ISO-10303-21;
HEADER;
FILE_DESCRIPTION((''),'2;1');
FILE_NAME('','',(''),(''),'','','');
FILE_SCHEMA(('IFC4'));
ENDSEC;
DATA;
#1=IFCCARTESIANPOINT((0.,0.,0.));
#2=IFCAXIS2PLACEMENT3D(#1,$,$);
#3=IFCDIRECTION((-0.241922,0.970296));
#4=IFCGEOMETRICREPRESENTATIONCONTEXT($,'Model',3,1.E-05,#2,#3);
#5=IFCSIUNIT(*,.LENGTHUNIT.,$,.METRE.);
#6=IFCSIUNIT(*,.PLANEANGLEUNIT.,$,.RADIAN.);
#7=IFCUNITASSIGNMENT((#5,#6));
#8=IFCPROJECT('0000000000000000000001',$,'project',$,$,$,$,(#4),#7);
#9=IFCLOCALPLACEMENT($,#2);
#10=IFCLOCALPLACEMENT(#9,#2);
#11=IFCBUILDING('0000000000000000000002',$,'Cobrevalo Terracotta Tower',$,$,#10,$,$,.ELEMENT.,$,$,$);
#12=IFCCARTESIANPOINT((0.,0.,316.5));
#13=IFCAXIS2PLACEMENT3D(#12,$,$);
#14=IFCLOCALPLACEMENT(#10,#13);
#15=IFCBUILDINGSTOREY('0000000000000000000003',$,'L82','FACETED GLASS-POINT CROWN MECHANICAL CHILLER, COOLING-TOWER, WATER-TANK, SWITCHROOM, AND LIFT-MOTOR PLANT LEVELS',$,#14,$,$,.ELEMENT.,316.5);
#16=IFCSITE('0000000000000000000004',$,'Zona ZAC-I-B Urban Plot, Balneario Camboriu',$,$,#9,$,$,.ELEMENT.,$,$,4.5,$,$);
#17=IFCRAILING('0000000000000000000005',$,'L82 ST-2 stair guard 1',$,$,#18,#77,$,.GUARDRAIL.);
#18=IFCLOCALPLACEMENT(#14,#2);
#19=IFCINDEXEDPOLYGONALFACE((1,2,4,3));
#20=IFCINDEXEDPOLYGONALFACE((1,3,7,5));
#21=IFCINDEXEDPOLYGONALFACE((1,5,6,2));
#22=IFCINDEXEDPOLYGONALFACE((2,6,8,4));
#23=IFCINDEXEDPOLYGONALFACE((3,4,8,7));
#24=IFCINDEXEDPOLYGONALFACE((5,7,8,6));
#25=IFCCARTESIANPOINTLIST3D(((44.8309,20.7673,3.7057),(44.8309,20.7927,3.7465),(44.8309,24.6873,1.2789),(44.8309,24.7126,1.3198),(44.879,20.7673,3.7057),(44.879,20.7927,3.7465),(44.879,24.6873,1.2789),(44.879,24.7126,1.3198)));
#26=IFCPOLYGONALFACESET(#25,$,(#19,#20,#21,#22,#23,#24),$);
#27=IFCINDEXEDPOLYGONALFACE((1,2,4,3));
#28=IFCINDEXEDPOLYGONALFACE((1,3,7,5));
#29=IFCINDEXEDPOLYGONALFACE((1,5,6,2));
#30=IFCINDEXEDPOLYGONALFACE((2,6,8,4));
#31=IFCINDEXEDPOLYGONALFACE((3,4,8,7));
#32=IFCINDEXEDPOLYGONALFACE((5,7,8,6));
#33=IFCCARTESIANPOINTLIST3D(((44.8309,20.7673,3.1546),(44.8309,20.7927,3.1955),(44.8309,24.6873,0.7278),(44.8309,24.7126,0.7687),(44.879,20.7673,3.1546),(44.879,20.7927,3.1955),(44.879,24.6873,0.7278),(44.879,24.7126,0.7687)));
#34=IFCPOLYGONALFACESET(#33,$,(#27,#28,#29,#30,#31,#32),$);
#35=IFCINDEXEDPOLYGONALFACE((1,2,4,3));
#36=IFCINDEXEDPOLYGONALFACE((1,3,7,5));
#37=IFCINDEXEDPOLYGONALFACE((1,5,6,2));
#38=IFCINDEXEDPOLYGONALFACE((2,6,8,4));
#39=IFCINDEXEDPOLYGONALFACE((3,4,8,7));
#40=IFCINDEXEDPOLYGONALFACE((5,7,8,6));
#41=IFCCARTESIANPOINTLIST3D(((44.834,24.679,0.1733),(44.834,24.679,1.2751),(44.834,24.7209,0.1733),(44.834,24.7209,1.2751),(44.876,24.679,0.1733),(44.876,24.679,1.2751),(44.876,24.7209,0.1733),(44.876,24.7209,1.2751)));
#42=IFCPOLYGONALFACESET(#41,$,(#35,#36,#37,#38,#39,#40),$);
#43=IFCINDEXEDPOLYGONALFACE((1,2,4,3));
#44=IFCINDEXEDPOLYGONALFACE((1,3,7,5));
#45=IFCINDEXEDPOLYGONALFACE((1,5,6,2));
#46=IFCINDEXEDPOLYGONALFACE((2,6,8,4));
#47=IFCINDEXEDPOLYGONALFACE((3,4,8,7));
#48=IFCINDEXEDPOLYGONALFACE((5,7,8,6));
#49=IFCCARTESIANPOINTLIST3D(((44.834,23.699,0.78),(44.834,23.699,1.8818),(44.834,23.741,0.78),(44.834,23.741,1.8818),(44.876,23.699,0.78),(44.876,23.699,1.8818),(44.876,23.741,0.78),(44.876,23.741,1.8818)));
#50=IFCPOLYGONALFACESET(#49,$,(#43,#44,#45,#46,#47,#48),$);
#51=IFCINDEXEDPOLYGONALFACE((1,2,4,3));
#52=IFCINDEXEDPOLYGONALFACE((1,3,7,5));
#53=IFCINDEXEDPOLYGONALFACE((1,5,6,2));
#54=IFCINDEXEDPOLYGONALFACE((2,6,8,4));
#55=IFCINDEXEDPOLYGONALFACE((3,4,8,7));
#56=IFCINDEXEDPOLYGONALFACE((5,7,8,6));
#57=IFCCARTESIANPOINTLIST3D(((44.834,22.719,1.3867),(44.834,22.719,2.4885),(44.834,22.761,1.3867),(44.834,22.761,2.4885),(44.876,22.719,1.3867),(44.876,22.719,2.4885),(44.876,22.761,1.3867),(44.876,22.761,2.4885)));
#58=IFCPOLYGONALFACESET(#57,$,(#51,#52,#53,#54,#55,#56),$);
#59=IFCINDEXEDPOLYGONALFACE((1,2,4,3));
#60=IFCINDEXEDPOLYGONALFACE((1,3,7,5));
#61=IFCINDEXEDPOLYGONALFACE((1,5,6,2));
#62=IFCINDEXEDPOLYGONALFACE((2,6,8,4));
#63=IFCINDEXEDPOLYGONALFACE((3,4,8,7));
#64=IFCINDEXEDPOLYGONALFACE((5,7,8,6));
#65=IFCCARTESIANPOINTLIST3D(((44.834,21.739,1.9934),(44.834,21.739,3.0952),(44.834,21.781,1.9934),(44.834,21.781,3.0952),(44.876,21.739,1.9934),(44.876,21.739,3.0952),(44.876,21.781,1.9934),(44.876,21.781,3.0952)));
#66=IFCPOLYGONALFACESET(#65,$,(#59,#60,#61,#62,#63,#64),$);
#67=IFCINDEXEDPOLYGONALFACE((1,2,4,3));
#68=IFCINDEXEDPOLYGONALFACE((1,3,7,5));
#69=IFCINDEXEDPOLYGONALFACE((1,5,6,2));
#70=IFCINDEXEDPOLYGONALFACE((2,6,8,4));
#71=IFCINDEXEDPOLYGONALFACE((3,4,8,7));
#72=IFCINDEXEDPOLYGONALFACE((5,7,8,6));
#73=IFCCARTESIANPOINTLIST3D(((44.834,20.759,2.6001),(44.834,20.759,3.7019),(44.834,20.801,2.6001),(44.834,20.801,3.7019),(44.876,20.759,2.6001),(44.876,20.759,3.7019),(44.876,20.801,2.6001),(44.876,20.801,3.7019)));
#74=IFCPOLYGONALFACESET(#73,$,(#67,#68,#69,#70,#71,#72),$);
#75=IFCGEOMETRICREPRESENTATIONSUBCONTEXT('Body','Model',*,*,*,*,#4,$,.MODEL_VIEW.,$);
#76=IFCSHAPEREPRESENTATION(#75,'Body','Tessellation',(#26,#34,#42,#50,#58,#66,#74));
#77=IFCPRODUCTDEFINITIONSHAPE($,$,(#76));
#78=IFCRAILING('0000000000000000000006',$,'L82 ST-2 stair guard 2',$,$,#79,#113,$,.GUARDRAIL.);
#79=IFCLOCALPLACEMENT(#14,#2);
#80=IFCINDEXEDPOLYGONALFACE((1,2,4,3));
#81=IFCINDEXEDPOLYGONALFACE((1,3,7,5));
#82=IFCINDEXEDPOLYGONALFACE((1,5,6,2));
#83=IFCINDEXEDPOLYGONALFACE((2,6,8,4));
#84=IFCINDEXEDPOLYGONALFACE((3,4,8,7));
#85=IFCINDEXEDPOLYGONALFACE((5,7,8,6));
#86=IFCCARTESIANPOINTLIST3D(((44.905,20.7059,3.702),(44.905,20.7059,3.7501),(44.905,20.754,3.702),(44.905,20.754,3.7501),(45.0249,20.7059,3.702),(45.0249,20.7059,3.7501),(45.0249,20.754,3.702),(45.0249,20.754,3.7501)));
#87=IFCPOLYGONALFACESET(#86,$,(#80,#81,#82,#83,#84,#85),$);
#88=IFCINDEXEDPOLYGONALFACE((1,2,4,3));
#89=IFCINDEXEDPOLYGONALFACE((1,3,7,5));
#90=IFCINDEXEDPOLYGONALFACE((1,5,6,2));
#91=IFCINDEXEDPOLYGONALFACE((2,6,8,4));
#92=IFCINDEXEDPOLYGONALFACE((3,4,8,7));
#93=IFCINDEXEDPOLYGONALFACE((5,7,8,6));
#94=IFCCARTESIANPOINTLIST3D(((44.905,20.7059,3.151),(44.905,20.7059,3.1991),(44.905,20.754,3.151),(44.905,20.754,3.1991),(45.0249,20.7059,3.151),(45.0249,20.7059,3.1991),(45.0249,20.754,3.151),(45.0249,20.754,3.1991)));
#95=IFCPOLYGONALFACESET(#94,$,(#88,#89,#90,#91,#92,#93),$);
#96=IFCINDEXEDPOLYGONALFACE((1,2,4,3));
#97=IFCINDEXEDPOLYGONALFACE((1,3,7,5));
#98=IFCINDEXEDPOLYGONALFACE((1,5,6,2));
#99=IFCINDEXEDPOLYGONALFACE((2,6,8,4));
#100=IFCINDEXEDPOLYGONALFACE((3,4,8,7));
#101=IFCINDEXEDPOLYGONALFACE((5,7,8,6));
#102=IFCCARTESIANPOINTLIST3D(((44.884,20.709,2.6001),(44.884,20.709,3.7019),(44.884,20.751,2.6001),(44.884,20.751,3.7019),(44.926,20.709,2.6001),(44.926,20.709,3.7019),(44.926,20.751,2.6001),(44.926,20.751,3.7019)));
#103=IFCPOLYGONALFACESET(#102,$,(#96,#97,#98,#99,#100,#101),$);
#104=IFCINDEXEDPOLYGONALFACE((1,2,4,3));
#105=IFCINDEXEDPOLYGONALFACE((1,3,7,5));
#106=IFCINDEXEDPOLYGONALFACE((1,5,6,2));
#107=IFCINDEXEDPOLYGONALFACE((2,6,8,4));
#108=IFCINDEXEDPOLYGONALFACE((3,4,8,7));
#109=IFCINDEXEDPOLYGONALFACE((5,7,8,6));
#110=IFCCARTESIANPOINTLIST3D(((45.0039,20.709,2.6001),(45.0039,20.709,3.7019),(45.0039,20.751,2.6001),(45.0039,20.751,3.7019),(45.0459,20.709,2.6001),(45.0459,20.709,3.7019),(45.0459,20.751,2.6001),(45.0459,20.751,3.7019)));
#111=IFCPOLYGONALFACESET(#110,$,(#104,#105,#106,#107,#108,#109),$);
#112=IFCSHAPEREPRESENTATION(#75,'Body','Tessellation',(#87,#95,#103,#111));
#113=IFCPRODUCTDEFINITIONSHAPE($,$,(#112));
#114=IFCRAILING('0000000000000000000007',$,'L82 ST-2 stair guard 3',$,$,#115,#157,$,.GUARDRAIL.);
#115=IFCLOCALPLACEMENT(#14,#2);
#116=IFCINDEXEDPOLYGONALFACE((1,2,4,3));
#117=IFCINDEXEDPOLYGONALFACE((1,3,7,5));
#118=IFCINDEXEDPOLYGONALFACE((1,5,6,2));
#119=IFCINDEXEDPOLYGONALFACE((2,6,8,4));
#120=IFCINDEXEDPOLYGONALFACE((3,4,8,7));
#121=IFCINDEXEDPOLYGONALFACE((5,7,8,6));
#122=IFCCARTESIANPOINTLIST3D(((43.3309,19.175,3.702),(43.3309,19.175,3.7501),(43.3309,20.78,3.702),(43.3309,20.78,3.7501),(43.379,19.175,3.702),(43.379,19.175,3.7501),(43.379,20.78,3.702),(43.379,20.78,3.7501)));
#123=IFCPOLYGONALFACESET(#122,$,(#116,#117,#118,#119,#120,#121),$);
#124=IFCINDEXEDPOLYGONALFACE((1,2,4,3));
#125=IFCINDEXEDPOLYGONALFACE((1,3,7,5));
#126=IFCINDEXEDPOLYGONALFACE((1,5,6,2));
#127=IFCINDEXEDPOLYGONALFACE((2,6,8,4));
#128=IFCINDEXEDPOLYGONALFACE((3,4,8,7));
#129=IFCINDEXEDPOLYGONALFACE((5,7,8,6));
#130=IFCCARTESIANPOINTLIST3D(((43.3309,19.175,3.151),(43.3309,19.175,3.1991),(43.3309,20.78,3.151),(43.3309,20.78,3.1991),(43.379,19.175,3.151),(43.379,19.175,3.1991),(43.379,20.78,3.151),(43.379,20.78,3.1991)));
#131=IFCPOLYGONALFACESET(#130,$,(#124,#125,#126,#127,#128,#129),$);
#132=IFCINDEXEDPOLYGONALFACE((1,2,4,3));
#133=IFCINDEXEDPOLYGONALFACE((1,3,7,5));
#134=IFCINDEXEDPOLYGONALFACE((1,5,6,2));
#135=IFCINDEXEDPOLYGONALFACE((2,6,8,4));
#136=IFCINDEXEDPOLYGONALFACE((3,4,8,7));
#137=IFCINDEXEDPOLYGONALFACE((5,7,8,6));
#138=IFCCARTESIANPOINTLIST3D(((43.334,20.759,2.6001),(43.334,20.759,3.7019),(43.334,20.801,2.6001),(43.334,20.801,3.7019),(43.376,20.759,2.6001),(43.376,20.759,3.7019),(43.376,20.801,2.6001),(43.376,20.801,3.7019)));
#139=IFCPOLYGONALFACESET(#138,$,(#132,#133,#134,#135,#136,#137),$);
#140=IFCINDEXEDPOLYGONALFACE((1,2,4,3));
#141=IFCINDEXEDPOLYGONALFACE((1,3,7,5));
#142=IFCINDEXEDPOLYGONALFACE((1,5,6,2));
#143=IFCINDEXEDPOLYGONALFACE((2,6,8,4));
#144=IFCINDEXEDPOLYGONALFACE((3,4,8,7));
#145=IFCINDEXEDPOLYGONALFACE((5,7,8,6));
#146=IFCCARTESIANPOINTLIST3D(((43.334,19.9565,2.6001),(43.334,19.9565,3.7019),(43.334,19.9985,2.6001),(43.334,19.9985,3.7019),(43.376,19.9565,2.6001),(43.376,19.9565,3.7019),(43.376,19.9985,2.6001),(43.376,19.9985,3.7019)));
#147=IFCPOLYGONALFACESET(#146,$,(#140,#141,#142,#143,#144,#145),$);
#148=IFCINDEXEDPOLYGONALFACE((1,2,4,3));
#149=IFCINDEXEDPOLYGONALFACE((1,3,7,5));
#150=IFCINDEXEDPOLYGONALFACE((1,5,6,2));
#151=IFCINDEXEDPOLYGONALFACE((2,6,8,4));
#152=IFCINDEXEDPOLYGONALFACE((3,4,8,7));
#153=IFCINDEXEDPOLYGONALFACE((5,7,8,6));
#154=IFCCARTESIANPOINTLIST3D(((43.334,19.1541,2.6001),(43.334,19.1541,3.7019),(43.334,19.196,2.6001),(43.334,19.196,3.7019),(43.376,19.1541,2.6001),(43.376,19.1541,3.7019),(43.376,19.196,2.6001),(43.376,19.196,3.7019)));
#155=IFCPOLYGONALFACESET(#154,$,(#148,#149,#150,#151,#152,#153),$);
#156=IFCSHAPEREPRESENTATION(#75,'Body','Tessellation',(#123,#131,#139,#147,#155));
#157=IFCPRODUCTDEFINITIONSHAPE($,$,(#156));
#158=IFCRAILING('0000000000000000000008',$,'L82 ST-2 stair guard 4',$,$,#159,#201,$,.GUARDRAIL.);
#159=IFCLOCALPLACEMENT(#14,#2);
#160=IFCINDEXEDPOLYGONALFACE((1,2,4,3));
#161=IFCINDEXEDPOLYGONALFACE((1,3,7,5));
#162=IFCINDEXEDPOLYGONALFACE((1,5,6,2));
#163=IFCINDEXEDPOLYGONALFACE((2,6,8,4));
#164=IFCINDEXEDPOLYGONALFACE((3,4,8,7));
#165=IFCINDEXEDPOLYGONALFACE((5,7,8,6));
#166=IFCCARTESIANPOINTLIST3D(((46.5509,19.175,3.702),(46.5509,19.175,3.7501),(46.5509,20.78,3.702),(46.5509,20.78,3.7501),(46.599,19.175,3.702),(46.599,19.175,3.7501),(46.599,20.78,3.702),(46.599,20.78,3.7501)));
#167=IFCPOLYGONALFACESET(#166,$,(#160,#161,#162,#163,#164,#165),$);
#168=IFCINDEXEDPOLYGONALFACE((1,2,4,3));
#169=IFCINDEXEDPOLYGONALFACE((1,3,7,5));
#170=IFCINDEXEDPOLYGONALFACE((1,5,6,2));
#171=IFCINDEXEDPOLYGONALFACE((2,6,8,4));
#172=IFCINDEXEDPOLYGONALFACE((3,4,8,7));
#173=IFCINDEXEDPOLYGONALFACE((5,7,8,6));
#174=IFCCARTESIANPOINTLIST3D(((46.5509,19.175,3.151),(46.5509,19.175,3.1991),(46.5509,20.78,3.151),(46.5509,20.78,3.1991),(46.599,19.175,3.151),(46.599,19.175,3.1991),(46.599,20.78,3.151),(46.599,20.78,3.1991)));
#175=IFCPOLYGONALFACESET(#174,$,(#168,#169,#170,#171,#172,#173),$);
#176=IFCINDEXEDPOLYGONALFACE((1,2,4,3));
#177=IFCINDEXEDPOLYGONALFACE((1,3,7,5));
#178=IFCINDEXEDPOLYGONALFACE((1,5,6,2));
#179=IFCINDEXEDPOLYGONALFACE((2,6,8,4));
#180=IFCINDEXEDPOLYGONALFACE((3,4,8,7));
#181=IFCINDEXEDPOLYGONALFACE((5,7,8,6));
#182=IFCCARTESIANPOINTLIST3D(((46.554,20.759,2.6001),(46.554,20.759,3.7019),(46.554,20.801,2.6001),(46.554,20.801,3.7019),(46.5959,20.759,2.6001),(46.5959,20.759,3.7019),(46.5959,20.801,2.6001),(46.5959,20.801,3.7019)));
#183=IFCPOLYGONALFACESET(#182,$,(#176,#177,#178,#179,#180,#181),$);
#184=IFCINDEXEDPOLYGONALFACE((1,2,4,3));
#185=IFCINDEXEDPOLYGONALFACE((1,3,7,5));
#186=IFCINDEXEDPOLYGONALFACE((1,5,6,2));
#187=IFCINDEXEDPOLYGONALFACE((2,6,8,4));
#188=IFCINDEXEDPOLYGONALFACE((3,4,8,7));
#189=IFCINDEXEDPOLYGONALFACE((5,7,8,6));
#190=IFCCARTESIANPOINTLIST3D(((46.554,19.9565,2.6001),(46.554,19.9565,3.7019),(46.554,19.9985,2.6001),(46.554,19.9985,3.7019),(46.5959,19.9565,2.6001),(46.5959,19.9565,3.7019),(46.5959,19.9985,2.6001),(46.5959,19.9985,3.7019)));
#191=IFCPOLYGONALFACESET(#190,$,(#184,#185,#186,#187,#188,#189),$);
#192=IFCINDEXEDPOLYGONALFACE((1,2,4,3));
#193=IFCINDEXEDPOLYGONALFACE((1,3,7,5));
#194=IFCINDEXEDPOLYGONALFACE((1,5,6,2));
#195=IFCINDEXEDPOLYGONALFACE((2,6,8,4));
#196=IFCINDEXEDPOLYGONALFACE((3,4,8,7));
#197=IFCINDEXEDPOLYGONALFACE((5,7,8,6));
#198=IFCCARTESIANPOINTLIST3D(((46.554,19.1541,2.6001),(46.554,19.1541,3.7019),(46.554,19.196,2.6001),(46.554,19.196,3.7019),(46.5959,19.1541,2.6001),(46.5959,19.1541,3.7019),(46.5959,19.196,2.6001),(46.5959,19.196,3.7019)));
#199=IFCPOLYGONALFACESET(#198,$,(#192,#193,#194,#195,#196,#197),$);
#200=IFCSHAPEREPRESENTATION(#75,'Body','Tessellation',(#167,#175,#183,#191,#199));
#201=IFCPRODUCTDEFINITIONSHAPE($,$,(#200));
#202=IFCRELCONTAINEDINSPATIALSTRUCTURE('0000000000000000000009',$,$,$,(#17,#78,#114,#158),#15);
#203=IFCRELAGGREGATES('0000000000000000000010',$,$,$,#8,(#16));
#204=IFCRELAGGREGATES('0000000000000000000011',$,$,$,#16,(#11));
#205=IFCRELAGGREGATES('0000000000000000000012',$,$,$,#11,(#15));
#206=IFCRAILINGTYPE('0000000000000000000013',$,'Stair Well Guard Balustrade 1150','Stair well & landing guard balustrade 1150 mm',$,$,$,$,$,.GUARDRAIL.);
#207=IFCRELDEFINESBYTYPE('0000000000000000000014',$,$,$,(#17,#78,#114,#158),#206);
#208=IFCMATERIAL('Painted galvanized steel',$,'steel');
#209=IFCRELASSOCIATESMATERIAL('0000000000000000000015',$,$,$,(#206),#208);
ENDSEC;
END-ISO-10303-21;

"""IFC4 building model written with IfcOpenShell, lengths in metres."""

from ifc_helpers import new_model, si_unit, direction, frame, origin, origin_2d, place, context, subcontext, project, spatial, rectangle, extrude, material, type_object, element, save


model = new_model("IFC4")

# Units and contexts
model_context = context("Model", 3, precision=1e-05, world=origin(), true_north=direction((-0.241922, 0.970296)))
body_context = subcontext(model_context, "Body", "Model", "MODEL_VIEW")
ifc_project = project(units=[si_unit("LENGTHUNIT", "METRE"), si_unit("PLANEANGLEUNIT", "RADIAN")], contexts=[model_context])

# Site, building, storey
site_placement = place(None, origin())
site = spatial("IfcSite", under=ifc_project, at=site_placement, Name="Zona ZAC-I-B Urban Plot, Balneario Camboriu", CompositionType="ELEMENT", RefElevation=4.5)
building_placement = place(site_placement, origin())
building = spatial("IfcBuilding", under=site, at=building_placement, Name="Cobrevalo Terracotta Tower", CompositionType="ELEMENT")
storey_placement = place(building_placement, frame((0.0, 0.0, 316.5)))
storey = spatial("IfcBuildingStorey", under=building, at=storey_placement, Name="L82", Description="FACETED GLASS-POINT CROWN MECHANICAL CHILLER, COOLING-TOWER, WATER-TANK, SWITCHROOM, AND LIFT-MOTOR PLANT LEVELS", CompositionType="ELEMENT", Elevation=316.5)

# Railings
ifc_material_1 = material(Name="Painted galvanized steel", Category="steel")
railing_type_1 = type_object("IfcRailingType", Name="Stair Well Guard Balustrade 1150", Description="Stair well & landing guard balustrade 1150 mm", PredefinedType="GUARDRAIL", material=ifc_material_1)
railing_1_placement = place(storey_placement, frame((44.855, 24.7, 0.1733)))
element("IfcRailing", 1, at=railing_1_placement, inside=storey, type_object=railing_type_1, Name="L82 ST-2 stair guard 1", PredefinedType="GUARDRAIL", context=body_context, shape_type="SweptSolid", body=[
    extrude(rectangle(XDim=0.0481, YDim=0.0481, at=origin_2d()), frame((0.0, 0.0, 1.126), z_axis=(0.0, -0.850252, 0.526376), x_axis=(1.0, 0.0, 0.0)), (0.0, 0.0, 1.0), 4.6104),
    extrude(rectangle(XDim=0.0481, YDim=0.0481, at=origin_2d()), frame((0.0, 0.0, 0.575), z_axis=(0.0, -0.850252, 0.526376), x_axis=(1.0, 0.0, 0.0)), (0.0, 0.0, 1.0), 4.6104),
    extrude(rectangle(XDim=0.042, YDim=0.042, at=origin_2d()), origin(), (0.0, 0.0, 1.0), 1.1018),
    extrude(rectangle(XDim=0.042, YDim=0.042, at=origin_2d()), frame((0.0, -0.98, 0.6067)), (0.0, 0.0, 1.0), 1.1018),
    extrude(rectangle(XDim=0.042, YDim=0.042, at=origin_2d()), frame((0.0, -1.96, 1.2134)), (0.0, 0.0, 1.0), 1.1018),
    extrude(rectangle(XDim=0.042, YDim=0.042, at=origin_2d()), frame((0.0, -2.9399, 1.8201)), (0.0, 0.0, 1.0), 1.1018),
    extrude(rectangle(XDim=0.042, YDim=0.042, at=origin_2d()), frame((0.0, -3.9199, 2.4268)), (0.0, 0.0, 1.0), 1.1018),
])
railing_2_placement = place(storey_placement, frame((44.905, 20.73, 2.6001)))
element("IfcRailing", 2, at=railing_2_placement, inside=storey, type_object=railing_type_1, Name="L82 ST-2 stair guard 2", PredefinedType="GUARDRAIL", context=body_context, shape_type="SweptSolid", body=[
    extrude(rectangle(XDim=0.0481, YDim=0.0481, at=origin_2d()), frame((0.0, 0.0, 1.126), z_axis=(1.0, 0.0, 0.0), x_axis=(0.0, 1.0, 0.0)), (0.0, 0.0, 1.0), 0.1199),
    extrude(rectangle(XDim=0.0481, YDim=0.0481, at=origin_2d()), frame((0.0, 0.0, 0.575), z_axis=(1.0, 0.0, 0.0), x_axis=(0.0, 1.0, 0.0)), (0.0, 0.0, 1.0), 0.1199),
    extrude(rectangle(XDim=0.042, YDim=0.042, at=origin_2d()), origin(), (0.0, 0.0, 1.0), 1.1018),
    extrude(rectangle(XDim=0.042, YDim=0.042, at=origin_2d()), frame((0.1199, 0.0, 0.0)), (0.0, 0.0, 1.0), 1.1018),
])
for number, where, name in (
    (3, (43.355, 20.78, 2.6001), "L82 ST-2 stair guard 3"),
    (4, (46.575, 20.78, 2.6001), "L82 ST-2 stair guard 4"),
):
    element("IfcRailing", number, at=place(storey_placement, frame(where)), inside=storey, type_object=railing_type_1, Name=name, PredefinedType="GUARDRAIL", context=body_context, shape_type="SweptSolid", body=[
        extrude(rectangle(XDim=0.0481, YDim=0.0481, at=origin_2d()), frame((0.0, 0.0, 1.126), z_axis=(0.0, -1.0, 0.0), x_axis=(1.0, 0.0, 0.0)), (0.0, 0.0, 1.0), 1.605),
        extrude(rectangle(XDim=0.0481, YDim=0.0481, at=origin_2d()), frame((0.0, 0.0, 0.575), z_axis=(0.0, -1.0, 0.0), x_axis=(1.0, 0.0, 0.0)), (0.0, 0.0, 1.0), 1.605),
        extrude(rectangle(XDim=0.042, YDim=0.042, at=origin_2d()), origin(), (0.0, 0.0, 1.0), 1.1018),
        extrude(rectangle(XDim=0.042, YDim=0.042, at=origin_2d()), frame((0.0, -0.8025, 0.0)), (0.0, 0.0, 1.0), 1.1018),
        extrude(rectangle(XDim=0.042, YDim=0.042, at=origin_2d()), frame((0.0, -1.605, 0.0)), (0.0, 0.0, 1.0), 1.1018),
    ])

save(model, "model.ifc")
